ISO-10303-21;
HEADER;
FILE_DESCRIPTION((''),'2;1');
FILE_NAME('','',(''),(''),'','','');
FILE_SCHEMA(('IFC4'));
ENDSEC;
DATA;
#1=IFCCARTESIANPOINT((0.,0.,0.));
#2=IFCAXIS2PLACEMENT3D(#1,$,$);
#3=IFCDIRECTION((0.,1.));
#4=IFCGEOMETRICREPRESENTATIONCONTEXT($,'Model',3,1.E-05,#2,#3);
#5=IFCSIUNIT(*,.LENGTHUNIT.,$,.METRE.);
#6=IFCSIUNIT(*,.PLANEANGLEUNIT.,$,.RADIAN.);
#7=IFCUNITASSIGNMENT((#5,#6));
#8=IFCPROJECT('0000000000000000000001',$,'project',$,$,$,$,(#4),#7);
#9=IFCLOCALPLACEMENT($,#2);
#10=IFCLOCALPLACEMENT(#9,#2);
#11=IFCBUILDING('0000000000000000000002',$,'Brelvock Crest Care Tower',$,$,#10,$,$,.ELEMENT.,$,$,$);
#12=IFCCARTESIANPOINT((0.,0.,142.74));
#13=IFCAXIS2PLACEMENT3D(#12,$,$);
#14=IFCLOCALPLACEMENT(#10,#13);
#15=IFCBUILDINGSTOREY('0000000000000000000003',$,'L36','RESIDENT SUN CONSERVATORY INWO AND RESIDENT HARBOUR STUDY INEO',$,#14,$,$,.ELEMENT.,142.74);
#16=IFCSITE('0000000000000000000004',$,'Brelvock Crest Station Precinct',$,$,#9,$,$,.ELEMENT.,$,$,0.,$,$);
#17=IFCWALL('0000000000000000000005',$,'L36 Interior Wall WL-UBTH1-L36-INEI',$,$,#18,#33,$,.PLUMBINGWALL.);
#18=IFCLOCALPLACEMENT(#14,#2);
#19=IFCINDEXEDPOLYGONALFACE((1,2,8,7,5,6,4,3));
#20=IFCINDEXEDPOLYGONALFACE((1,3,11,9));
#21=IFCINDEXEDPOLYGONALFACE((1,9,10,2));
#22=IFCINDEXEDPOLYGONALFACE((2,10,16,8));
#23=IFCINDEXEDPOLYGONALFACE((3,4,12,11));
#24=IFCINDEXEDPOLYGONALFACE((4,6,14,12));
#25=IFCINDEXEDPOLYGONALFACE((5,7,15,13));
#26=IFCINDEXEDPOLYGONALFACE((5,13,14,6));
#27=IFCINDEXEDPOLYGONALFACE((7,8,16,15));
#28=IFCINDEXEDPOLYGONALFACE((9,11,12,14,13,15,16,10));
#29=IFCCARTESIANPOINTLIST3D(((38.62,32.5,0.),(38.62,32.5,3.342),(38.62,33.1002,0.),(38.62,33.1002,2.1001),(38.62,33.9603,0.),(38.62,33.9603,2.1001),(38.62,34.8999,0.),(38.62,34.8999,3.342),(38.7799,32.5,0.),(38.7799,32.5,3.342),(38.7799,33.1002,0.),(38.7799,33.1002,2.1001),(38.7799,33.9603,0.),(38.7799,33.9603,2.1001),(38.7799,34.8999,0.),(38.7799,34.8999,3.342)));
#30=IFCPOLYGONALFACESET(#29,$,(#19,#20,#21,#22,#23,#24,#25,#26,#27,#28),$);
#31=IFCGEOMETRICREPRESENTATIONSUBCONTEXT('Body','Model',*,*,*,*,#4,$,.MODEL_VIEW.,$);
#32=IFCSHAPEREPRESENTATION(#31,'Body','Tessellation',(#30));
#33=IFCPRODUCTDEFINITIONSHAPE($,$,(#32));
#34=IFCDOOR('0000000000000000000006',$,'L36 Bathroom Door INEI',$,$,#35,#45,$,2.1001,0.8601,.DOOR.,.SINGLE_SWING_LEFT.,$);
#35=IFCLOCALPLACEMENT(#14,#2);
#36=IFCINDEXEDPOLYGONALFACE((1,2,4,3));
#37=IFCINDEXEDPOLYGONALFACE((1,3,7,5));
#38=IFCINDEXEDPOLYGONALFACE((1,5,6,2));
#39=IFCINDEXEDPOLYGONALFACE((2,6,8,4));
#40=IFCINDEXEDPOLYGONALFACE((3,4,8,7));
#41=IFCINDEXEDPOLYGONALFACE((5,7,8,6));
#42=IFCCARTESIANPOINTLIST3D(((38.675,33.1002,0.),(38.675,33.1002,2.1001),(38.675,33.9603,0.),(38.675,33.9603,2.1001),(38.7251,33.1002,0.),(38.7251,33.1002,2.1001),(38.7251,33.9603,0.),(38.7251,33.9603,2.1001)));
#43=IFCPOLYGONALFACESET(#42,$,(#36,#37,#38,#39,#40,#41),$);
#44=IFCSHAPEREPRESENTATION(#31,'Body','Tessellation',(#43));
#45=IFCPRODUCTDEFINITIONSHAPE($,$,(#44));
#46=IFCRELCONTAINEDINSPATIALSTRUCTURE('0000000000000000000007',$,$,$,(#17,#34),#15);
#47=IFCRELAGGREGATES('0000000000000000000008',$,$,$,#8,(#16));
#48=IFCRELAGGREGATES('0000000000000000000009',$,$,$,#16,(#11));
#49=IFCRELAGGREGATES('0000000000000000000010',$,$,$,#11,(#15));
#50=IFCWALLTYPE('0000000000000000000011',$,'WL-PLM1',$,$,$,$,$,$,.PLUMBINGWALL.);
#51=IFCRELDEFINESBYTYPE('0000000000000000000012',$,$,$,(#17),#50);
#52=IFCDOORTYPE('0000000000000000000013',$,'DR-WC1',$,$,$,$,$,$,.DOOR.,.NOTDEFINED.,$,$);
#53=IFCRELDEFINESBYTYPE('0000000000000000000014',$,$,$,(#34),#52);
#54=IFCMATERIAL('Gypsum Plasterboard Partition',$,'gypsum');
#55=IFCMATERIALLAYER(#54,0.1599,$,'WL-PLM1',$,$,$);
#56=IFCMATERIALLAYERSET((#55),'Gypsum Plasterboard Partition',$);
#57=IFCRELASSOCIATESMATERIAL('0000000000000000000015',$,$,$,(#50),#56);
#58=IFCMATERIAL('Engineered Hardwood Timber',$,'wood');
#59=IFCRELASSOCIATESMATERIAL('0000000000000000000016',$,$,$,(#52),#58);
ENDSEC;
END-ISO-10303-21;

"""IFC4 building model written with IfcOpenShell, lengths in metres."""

from ifc_helpers import new_model, si_unit, direction, frame, frame_2d, origin, origin_2d, place, context, subcontext, project, spatial, rectangle, extrude, source, transform, mapped, material, layer, layer_set, type_object, element, fill, save


model = new_model("IFC4")

# Units and contexts
model_context = context("Model", 3, precision=1e-05, world=origin(), true_north=direction((0.0, 1.0)))
body_context = subcontext(model_context, "Body", "Model", "MODEL_VIEW")
ifc_project = project(units=[si_unit("LENGTHUNIT", "METRE"), si_unit("PLANEANGLEUNIT", "RADIAN")], contexts=[model_context])

# Site, building, storey
site_placement = place(None, origin())
site = spatial("IfcSite", under=ifc_project, at=site_placement, Name="Brelvock Crest Station Precinct", CompositionType="ELEMENT", RefElevation=0.0)
building_placement = place(site_placement, origin())
building = spatial("IfcBuilding", under=site, at=building_placement, Name="Brelvock Crest Care Tower", CompositionType="ELEMENT")
storey_placement = place(building_placement, frame((0.0, 0.0, 142.74)))
storey = spatial("IfcBuildingStorey", under=building, at=storey_placement, Name="L36", Description="RESIDENT SUN CONSERVATORY INWO AND RESIDENT HARBOUR STUDY INEO", CompositionType="ELEMENT", Elevation=142.74)

# Shared definitions
ifc_material_1 = material(Name="Engineered Hardwood Timber", Category="wood")

# Shared definitions
ifc_material_2 = material(Name="Gypsum Plasterboard Partition", Category="gypsum")
ifc_layer_1 = layer(ifc_material_2, 0.1599, Name="WL-PLM1")
ifc_layer_set_1 = layer_set([ifc_layer_1], Name="Gypsum Plasterboard Partition")
wall_type_1 = type_object("IfcWallType", Name="WL-PLM1", PredefinedType="PLUMBINGWALL", material=ifc_layer_set_1)

# Wall, opening, door
wall_1_placement = place(storey_placement, frame((38.7, 32.5, 0.0), z_axis=(0.0, 0.0, 1.0), x_axis=(0.0, 1.0, 0.0)))
wall_1 = element("IfcWall", 1, at=wall_1_placement, inside=storey, type_object=wall_type_1, Name="L36 Interior Wall WL-UBTH1-L36-INEI", PredefinedType="PLUMBINGWALL", context=body_context, shape_type="SweptSolid", body=[
    extrude(rectangle(XDim=2.3999, YDim=0.1599, at=frame_2d((1.2, 0.0))), origin(), (0.0, 0.0, 1.0), 3.342),
])
opening_1_placement = place(wall_1_placement, frame((0.6001, 0.0, 0.0)))
opening_1 = element("IfcOpeningElement", 2, at=opening_1_placement, cuts=wall_1, PredefinedType="OPENING", context=body_context, shape_type="SweptSolid", body=[
    extrude(rectangle(XDim=0.8601, YDim=2.1001, at=origin_2d()), frame((0.4302, 0.0898, 1.05), z_axis=(0.0, -1.0, 0.0), x_axis=(1.0, 0.0, 0.0)), (0.0, 0.0, 1.0), 0.1799),
])
door_type_1 = type_object("IfcDoorType", Name="DR-WC1", OperationType="NOTDEFINED", PredefinedType="DOOR", material=ifc_material_1)
shared_shape_1 = source(origin(), body_context, "Body", "SweptSolid", [
    extrude(rectangle(XDim=0.8601, YDim=2.1001, at=origin_2d()), frame((0.4302, 0.0249, 1.05), z_axis=(0.0, -1.0, 0.0), x_axis=(1.0, 0.0, 0.0)), (0.0, 0.0, 1.0), 0.05),
])
door_1_placement = place(opening_1_placement, origin())
door_1 = element("IfcDoor", 3, at=door_1_placement, inside=storey, type_object=door_type_1, Name="L36 Bathroom Door INEI", OperationType="SINGLE_SWING_LEFT", OverallHeight=2.1001, OverallWidth=0.8601, PredefinedType="DOOR", context=body_context, shape_type="MappedRepresentation", body=[
    mapped(shared_shape_1, transform((0.0, 0.0, 0.0), x_axis=(1.0, 0.0, 0.0), y_axis=(0.0, 1.0, 0.0), z_axis=(0.0, 0.0, 1.0), scale=1.0)),
])
fill(opening_1, door_1)

save(model, "model.ifc")
